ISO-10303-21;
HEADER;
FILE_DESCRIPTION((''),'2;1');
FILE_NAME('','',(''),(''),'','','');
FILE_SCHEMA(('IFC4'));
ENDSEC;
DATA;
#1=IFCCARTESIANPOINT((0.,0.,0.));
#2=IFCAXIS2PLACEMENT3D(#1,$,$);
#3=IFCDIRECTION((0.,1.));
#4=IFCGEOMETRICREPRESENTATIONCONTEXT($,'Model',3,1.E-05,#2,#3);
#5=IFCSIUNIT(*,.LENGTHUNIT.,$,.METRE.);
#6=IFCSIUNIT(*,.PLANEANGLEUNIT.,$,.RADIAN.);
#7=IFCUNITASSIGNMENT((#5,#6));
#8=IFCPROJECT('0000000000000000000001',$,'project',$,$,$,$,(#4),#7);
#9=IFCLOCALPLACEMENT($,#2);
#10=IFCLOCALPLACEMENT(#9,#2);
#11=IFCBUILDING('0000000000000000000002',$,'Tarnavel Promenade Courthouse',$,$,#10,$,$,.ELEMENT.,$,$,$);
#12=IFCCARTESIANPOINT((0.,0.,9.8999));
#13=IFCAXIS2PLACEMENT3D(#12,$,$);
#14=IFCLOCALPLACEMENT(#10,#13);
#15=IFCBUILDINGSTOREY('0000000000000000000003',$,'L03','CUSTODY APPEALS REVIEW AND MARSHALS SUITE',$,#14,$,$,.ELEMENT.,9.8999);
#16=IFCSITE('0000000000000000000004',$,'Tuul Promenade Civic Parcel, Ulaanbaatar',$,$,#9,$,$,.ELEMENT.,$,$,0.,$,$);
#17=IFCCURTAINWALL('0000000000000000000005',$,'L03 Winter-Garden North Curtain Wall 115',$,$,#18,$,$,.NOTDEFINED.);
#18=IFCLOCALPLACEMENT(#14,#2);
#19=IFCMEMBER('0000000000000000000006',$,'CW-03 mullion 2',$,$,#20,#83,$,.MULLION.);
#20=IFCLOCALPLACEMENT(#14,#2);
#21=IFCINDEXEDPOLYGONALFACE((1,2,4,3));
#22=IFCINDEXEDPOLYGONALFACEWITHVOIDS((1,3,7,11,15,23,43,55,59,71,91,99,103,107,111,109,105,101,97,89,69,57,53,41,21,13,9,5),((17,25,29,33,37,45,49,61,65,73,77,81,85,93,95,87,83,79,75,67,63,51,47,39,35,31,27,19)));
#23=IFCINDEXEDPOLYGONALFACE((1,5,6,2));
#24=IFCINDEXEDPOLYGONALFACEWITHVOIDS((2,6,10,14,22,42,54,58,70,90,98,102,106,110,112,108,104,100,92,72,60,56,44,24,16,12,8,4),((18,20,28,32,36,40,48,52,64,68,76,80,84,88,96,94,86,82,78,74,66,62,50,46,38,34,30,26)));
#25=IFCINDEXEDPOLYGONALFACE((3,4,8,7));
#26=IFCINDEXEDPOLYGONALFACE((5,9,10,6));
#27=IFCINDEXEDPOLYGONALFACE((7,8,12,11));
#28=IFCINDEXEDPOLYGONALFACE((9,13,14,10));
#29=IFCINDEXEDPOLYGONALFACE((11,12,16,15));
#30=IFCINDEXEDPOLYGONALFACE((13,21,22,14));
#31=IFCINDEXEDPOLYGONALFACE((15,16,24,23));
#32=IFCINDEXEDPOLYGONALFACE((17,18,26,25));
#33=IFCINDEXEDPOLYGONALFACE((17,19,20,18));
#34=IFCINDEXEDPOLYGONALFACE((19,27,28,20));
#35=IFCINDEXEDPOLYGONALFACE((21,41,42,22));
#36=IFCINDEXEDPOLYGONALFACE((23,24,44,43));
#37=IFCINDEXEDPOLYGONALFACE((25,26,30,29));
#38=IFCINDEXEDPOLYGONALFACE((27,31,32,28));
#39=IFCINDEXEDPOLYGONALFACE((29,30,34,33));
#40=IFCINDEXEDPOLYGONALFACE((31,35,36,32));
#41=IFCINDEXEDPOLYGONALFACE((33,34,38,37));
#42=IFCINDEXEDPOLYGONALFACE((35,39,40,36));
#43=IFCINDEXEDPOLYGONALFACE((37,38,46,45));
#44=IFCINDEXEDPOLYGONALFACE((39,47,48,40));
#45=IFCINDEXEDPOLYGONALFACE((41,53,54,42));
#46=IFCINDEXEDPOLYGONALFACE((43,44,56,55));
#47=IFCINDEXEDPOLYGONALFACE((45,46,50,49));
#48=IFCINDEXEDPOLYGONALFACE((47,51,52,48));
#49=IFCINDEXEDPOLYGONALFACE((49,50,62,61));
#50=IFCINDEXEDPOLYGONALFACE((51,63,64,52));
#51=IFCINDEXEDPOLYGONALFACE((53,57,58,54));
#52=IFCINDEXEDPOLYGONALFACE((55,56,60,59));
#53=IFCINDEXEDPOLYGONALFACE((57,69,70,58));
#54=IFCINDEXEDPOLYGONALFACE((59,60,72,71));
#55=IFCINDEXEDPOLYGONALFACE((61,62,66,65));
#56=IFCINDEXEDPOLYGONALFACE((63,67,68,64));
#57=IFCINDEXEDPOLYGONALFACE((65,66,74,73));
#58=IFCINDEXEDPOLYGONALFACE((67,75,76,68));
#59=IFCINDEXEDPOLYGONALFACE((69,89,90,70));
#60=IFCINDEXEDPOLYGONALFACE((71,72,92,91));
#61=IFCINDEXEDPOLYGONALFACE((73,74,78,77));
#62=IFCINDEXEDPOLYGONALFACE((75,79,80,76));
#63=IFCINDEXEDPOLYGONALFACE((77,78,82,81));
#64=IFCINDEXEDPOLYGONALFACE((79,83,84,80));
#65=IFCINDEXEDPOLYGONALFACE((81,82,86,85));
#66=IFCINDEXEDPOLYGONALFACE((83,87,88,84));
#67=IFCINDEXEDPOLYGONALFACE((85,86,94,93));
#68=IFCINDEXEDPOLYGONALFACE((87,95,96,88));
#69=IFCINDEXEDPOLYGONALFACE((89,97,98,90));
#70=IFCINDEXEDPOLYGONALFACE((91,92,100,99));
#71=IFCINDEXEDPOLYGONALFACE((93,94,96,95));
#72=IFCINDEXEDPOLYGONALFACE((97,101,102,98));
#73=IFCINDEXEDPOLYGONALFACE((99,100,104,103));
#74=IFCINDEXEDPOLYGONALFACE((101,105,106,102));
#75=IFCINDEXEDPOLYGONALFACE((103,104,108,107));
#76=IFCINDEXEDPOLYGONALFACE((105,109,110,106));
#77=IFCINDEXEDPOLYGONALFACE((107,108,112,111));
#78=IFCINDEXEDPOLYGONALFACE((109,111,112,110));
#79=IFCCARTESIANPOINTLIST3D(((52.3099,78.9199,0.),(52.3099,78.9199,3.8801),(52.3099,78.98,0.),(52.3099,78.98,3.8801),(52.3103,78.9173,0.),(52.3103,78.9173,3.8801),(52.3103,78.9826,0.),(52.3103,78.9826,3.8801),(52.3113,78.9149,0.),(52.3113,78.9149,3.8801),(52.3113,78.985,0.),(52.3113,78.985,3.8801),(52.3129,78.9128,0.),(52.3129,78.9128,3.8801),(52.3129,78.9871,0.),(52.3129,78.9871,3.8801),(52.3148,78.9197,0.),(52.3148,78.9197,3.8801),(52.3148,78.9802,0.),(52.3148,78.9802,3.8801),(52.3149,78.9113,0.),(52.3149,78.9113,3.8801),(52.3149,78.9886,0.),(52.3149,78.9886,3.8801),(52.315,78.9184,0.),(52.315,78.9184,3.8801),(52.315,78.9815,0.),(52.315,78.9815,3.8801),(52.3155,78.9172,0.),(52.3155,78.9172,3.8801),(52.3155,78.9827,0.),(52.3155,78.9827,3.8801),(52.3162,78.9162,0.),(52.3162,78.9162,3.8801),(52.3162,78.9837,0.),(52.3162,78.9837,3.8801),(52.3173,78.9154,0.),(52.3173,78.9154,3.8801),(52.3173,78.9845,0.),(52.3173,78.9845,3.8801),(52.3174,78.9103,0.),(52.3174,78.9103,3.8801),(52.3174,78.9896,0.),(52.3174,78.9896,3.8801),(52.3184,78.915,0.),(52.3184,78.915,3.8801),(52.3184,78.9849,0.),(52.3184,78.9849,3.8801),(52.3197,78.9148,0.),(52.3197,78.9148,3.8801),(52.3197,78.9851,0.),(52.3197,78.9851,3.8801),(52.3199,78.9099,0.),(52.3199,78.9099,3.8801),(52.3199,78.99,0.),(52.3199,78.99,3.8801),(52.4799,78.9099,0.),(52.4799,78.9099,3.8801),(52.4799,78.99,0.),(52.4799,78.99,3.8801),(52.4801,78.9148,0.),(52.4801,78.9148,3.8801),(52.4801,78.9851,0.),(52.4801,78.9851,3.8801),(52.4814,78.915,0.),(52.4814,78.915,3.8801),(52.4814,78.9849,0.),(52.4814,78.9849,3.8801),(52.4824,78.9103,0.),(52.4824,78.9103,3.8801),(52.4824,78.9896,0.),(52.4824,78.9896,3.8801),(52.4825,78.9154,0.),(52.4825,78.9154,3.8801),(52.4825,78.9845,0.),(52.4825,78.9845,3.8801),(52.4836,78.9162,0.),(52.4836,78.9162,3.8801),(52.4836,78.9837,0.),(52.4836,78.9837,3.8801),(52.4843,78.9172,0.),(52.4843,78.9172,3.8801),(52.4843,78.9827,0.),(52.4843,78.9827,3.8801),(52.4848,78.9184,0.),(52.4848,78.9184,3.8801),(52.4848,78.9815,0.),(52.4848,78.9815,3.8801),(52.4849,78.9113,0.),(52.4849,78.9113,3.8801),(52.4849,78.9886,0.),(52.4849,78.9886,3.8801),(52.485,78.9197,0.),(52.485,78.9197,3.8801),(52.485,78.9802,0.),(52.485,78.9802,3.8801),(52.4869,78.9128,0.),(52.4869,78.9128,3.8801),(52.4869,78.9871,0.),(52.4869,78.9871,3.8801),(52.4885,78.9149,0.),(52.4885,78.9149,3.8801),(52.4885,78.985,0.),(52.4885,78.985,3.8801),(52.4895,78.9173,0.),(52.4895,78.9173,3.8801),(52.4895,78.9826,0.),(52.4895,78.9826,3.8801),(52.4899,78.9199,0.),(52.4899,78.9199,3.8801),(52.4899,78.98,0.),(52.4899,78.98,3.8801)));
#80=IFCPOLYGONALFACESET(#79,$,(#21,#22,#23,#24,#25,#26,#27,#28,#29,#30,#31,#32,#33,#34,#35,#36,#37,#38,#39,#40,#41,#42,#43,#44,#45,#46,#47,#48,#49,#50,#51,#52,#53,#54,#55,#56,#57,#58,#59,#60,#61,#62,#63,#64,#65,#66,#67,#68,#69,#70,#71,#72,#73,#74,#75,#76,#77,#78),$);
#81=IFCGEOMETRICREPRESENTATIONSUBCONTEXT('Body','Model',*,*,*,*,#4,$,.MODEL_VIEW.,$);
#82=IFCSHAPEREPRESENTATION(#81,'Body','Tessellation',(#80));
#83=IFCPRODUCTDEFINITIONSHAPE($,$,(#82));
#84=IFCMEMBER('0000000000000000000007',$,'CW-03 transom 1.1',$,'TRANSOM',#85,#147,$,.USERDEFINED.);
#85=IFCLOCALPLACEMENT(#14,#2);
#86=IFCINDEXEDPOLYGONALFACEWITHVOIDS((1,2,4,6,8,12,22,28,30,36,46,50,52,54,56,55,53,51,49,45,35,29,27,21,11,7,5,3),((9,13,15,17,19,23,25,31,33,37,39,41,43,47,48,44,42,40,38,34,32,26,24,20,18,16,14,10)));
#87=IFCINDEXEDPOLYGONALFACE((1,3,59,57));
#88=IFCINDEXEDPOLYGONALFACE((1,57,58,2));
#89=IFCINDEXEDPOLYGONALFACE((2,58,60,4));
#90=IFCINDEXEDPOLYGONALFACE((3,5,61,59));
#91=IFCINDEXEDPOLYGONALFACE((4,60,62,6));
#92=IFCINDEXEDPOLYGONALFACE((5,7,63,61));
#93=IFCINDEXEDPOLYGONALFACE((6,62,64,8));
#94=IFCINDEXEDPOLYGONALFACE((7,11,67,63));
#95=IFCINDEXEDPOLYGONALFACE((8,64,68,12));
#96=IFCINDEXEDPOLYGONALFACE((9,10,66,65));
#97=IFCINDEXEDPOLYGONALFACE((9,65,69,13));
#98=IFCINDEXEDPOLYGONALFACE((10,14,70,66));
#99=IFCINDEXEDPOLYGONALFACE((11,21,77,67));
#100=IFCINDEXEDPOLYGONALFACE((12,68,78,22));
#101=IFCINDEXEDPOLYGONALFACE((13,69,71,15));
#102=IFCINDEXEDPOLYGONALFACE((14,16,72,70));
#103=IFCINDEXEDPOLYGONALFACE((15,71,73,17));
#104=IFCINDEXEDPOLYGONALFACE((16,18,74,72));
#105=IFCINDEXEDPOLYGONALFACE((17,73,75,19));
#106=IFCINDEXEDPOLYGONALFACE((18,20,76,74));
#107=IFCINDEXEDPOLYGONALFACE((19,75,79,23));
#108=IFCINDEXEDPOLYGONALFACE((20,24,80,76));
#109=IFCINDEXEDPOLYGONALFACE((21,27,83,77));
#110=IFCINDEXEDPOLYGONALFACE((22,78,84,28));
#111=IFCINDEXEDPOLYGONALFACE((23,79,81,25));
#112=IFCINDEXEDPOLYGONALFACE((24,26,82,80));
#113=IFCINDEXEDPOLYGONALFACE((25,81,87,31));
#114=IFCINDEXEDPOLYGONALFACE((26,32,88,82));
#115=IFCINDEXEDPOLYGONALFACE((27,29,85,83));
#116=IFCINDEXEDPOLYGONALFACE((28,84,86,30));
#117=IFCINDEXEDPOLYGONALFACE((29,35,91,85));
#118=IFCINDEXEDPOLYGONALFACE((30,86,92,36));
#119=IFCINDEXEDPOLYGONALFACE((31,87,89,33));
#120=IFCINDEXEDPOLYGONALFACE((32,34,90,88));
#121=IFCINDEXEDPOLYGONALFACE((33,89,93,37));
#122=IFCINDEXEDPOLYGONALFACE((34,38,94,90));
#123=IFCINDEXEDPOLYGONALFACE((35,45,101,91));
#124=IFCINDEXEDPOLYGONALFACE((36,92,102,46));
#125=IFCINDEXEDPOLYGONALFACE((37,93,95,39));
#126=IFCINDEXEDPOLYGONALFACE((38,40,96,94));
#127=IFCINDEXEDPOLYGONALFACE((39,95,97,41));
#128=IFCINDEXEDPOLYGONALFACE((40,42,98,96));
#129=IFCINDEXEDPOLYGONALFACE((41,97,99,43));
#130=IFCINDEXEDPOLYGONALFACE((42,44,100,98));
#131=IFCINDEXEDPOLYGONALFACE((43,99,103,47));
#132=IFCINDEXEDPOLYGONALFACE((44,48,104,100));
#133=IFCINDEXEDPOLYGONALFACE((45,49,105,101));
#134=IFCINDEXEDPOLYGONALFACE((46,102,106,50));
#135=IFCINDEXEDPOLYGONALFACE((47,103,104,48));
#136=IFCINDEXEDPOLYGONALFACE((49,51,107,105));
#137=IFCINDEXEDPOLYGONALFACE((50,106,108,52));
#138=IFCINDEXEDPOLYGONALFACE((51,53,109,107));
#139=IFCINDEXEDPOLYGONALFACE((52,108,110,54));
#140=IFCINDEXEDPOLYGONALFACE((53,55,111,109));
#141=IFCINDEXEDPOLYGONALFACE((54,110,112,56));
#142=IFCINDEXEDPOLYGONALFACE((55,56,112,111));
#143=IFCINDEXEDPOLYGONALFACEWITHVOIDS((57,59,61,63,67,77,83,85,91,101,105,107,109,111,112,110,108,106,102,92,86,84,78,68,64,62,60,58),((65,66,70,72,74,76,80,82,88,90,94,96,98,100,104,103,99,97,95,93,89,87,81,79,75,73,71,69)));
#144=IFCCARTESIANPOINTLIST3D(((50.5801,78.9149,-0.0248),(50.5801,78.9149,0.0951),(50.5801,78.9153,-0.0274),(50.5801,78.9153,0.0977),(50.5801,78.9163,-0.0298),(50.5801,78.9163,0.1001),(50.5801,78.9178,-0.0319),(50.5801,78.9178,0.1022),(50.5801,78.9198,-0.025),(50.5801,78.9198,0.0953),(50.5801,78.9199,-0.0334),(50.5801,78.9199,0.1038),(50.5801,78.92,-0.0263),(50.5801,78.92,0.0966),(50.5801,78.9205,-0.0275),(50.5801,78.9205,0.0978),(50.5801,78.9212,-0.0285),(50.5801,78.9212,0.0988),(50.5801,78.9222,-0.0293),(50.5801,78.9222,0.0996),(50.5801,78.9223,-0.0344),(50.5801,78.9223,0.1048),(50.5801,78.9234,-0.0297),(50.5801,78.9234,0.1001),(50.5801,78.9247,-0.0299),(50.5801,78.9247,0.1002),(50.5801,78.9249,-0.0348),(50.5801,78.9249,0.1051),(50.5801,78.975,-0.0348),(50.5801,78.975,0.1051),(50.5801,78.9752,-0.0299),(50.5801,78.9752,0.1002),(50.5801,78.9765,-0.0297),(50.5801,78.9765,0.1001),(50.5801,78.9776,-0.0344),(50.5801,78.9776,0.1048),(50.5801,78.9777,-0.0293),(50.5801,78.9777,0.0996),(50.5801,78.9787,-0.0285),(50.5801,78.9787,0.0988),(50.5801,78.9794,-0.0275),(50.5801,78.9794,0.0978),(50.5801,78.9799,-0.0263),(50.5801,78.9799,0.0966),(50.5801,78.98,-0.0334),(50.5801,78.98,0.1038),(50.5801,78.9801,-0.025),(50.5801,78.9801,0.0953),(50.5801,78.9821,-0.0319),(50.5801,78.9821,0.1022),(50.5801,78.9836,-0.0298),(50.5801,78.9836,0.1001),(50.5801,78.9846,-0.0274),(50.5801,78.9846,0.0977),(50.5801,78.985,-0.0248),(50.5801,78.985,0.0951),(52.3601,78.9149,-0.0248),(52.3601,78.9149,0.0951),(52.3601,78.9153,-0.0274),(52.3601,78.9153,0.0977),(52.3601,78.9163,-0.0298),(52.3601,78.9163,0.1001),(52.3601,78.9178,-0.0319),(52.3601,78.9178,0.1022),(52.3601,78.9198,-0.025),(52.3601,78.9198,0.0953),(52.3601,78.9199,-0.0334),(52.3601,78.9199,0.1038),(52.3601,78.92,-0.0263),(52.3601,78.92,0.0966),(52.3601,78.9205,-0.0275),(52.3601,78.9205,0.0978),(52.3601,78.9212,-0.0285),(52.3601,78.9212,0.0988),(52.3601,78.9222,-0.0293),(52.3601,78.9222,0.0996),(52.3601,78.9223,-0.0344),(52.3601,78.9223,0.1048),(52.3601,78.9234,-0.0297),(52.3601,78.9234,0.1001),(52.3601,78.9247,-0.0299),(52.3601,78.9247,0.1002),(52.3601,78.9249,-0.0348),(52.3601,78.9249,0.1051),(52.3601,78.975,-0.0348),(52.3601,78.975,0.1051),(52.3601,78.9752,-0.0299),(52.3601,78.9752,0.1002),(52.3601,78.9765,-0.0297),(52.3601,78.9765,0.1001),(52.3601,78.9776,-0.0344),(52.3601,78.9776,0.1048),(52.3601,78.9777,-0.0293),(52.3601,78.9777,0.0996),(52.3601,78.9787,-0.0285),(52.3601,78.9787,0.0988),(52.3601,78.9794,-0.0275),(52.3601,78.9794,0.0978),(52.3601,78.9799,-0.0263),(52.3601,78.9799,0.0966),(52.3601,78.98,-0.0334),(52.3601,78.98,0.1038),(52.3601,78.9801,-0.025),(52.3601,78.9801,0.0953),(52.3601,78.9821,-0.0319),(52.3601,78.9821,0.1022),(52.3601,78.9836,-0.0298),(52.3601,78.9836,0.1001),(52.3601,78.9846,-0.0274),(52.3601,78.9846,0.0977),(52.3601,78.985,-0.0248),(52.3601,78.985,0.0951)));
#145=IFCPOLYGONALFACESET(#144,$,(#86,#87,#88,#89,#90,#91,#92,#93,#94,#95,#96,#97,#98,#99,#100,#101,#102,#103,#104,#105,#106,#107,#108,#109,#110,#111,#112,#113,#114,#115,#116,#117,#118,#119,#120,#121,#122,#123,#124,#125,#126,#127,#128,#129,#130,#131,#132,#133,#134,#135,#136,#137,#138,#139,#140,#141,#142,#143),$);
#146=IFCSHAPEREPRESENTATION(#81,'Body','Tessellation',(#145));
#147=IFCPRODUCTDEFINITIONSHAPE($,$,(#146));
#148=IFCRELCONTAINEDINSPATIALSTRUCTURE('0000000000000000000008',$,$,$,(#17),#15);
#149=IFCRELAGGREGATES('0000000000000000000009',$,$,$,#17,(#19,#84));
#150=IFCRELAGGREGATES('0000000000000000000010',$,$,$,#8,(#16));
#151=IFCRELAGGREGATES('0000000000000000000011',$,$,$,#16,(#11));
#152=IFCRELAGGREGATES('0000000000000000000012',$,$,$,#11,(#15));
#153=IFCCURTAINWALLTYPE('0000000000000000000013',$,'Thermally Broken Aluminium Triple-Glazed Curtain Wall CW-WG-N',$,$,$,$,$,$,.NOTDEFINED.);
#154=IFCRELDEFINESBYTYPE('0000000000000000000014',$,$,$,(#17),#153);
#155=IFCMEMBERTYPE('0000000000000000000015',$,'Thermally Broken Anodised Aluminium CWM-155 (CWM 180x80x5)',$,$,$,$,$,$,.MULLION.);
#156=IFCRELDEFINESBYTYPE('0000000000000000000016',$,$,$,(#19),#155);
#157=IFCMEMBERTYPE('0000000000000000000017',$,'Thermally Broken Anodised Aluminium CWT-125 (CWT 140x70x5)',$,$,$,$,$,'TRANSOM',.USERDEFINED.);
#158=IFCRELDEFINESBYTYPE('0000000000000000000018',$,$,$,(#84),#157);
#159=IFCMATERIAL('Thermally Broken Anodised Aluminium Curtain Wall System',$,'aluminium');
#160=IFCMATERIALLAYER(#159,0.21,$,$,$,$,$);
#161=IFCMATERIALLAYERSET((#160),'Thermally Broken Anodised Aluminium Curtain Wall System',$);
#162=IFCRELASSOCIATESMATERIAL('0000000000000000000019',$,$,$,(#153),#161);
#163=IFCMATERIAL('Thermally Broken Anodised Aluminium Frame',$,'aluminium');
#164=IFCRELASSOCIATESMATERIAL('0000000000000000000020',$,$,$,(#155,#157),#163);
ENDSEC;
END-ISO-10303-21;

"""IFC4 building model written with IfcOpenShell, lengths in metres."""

from ifc_helpers import new_model, si_unit, direction, frame, origin, origin_2d, place, context, subcontext, project, spatial, hollow_rectangle, extrude, material, layer, layer_set, material_profile, profile_set, type_object, element, aggregate, save


model = new_model("IFC4")

# Units and contexts
model_context = context("Model", 3, precision=1e-05, world=origin(), true_north=direction((0.0, 1.0)))
body_context = subcontext(model_context, "Body", "Model", "MODEL_VIEW")
ifc_project = project(units=[si_unit("LENGTHUNIT", "METRE"), si_unit("PLANEANGLEUNIT", "RADIAN")], contexts=[model_context])

# Site, building, storey
site_placement = place(None, origin())
site = spatial("IfcSite", under=ifc_project, at=site_placement, Name="Tuul Promenade Civic Parcel, Ulaanbaatar", CompositionType="ELEMENT", RefElevation=0.0)
building_placement = place(site_placement, origin())
building = spatial("IfcBuilding", under=site, at=building_placement, Name="Tarnavel Promenade Courthouse", CompositionType="ELEMENT")
storey_placement = place(building_placement, frame((0.0, 0.0, 9.8999)))
storey = spatial("IfcBuildingStorey", under=building, at=storey_placement, Name="L03", Description="CUSTODY APPEALS REVIEW AND MARSHALS SUITE", CompositionType="ELEMENT", Elevation=9.8999)

# Shared definitions
ifc_material_1 = material(Name="Thermally Broken Anodised Aluminium Curtain Wall System", Category="aluminium")
ifc_layer_1 = layer(ifc_material_1, 0.21)
ifc_layer_set_1 = layer_set([ifc_layer_1], Name="Thermally Broken Anodised Aluminium Curtain Wall System")
curtain_wall_type = type_object("IfcCurtainWallType", Name="Thermally Broken Aluminium Triple-Glazed Curtain Wall CW-WG-N", PredefinedType="NOTDEFINED", material=ifc_layer_set_1)
ifc_material_2 = material(Name="Thermally Broken Anodised Aluminium Frame", Category="aluminium")
ifc_material_profile_1 = material_profile(ifc_material_2, hollow_rectangle(XDim=0.0801, YDim=0.1799, WallThickness=0.0049, InnerFilletRadius=0.0049, OuterFilletRadius=0.01, at=origin_2d()), Name="CWM 180x80x5")
ifc_profile_set_1 = profile_set([ifc_material_profile_1], Name="Thermally Broken Anodised Aluminium Frame")
member_type_1 = type_object("IfcMemberType", Name="Thermally Broken Anodised Aluminium CWM-155 (CWM 180x80x5)", PredefinedType="MULLION", material=ifc_profile_set_1)

# Curtain wall, members
curtain_wall_1_placement = place(storey_placement, origin())
curtain_wall_1 = element("IfcCurtainWall", 1, at=curtain_wall_1_placement, inside=storey, type_object=curtain_wall_type, Name="L03 Winter-Garden North Curtain Wall 115", PredefinedType="NOTDEFINED")
member_1_placement = place(storey_placement, frame((52.3999, 78.95, 0.0), z_axis=(0.0, 0.0, 1.0), x_axis=(0.0, 1.0, 0.0)))
member_1 = element("IfcMember", 2, at=member_1_placement, type_object=member_type_1, Name="CW-03 mullion 2", PredefinedType="MULLION", context=body_context, shape_type="SweptSolid", body=[
    extrude(hollow_rectangle(XDim=0.0801, YDim=0.1799, WallThickness=0.0049, InnerFilletRadius=0.0049, OuterFilletRadius=0.01, at=origin_2d()), origin(), (0.0, 0.0, 1.0), 3.8801),
])
ifc_material_profile_2 = material_profile(ifc_material_2, hollow_rectangle(XDim=0.0701, YDim=0.1399, WallThickness=0.0049, InnerFilletRadius=0.0049, OuterFilletRadius=0.01, at=origin_2d()), Name="CWT 140x70x5")
ifc_profile_set_2 = profile_set([ifc_material_profile_2], Name="Thermally Broken Anodised Aluminium Frame")
member_type_2 = type_object("IfcMemberType", Name="Thermally Broken Anodised Aluminium CWT-125 (CWT 140x70x5)", ElementType="TRANSOM", PredefinedType="USERDEFINED", material=ifc_profile_set_2)
member_2_placement = place(storey_placement, frame((50.5801, 78.95, 0.0352), z_axis=(1.0, 0.0, 0.0), x_axis=(0.0, 1.0, 0.0)))
member_2 = element("IfcMember", 3, at=member_2_placement, type_object=member_type_2, Name="CW-03 transom 1.1", ObjectType="TRANSOM", PredefinedType="USERDEFINED", context=body_context, shape_type="SweptSolid", body=[
    extrude(hollow_rectangle(XDim=0.0701, YDim=0.1399, WallThickness=0.0049, InnerFilletRadius=0.0049, OuterFilletRadius=0.01, at=origin_2d()), origin(), (0.0, 0.0, 1.0), 1.78),
])
aggregate(curtain_wall_1, [member_1, member_2])

save(model, "model.ifc")
